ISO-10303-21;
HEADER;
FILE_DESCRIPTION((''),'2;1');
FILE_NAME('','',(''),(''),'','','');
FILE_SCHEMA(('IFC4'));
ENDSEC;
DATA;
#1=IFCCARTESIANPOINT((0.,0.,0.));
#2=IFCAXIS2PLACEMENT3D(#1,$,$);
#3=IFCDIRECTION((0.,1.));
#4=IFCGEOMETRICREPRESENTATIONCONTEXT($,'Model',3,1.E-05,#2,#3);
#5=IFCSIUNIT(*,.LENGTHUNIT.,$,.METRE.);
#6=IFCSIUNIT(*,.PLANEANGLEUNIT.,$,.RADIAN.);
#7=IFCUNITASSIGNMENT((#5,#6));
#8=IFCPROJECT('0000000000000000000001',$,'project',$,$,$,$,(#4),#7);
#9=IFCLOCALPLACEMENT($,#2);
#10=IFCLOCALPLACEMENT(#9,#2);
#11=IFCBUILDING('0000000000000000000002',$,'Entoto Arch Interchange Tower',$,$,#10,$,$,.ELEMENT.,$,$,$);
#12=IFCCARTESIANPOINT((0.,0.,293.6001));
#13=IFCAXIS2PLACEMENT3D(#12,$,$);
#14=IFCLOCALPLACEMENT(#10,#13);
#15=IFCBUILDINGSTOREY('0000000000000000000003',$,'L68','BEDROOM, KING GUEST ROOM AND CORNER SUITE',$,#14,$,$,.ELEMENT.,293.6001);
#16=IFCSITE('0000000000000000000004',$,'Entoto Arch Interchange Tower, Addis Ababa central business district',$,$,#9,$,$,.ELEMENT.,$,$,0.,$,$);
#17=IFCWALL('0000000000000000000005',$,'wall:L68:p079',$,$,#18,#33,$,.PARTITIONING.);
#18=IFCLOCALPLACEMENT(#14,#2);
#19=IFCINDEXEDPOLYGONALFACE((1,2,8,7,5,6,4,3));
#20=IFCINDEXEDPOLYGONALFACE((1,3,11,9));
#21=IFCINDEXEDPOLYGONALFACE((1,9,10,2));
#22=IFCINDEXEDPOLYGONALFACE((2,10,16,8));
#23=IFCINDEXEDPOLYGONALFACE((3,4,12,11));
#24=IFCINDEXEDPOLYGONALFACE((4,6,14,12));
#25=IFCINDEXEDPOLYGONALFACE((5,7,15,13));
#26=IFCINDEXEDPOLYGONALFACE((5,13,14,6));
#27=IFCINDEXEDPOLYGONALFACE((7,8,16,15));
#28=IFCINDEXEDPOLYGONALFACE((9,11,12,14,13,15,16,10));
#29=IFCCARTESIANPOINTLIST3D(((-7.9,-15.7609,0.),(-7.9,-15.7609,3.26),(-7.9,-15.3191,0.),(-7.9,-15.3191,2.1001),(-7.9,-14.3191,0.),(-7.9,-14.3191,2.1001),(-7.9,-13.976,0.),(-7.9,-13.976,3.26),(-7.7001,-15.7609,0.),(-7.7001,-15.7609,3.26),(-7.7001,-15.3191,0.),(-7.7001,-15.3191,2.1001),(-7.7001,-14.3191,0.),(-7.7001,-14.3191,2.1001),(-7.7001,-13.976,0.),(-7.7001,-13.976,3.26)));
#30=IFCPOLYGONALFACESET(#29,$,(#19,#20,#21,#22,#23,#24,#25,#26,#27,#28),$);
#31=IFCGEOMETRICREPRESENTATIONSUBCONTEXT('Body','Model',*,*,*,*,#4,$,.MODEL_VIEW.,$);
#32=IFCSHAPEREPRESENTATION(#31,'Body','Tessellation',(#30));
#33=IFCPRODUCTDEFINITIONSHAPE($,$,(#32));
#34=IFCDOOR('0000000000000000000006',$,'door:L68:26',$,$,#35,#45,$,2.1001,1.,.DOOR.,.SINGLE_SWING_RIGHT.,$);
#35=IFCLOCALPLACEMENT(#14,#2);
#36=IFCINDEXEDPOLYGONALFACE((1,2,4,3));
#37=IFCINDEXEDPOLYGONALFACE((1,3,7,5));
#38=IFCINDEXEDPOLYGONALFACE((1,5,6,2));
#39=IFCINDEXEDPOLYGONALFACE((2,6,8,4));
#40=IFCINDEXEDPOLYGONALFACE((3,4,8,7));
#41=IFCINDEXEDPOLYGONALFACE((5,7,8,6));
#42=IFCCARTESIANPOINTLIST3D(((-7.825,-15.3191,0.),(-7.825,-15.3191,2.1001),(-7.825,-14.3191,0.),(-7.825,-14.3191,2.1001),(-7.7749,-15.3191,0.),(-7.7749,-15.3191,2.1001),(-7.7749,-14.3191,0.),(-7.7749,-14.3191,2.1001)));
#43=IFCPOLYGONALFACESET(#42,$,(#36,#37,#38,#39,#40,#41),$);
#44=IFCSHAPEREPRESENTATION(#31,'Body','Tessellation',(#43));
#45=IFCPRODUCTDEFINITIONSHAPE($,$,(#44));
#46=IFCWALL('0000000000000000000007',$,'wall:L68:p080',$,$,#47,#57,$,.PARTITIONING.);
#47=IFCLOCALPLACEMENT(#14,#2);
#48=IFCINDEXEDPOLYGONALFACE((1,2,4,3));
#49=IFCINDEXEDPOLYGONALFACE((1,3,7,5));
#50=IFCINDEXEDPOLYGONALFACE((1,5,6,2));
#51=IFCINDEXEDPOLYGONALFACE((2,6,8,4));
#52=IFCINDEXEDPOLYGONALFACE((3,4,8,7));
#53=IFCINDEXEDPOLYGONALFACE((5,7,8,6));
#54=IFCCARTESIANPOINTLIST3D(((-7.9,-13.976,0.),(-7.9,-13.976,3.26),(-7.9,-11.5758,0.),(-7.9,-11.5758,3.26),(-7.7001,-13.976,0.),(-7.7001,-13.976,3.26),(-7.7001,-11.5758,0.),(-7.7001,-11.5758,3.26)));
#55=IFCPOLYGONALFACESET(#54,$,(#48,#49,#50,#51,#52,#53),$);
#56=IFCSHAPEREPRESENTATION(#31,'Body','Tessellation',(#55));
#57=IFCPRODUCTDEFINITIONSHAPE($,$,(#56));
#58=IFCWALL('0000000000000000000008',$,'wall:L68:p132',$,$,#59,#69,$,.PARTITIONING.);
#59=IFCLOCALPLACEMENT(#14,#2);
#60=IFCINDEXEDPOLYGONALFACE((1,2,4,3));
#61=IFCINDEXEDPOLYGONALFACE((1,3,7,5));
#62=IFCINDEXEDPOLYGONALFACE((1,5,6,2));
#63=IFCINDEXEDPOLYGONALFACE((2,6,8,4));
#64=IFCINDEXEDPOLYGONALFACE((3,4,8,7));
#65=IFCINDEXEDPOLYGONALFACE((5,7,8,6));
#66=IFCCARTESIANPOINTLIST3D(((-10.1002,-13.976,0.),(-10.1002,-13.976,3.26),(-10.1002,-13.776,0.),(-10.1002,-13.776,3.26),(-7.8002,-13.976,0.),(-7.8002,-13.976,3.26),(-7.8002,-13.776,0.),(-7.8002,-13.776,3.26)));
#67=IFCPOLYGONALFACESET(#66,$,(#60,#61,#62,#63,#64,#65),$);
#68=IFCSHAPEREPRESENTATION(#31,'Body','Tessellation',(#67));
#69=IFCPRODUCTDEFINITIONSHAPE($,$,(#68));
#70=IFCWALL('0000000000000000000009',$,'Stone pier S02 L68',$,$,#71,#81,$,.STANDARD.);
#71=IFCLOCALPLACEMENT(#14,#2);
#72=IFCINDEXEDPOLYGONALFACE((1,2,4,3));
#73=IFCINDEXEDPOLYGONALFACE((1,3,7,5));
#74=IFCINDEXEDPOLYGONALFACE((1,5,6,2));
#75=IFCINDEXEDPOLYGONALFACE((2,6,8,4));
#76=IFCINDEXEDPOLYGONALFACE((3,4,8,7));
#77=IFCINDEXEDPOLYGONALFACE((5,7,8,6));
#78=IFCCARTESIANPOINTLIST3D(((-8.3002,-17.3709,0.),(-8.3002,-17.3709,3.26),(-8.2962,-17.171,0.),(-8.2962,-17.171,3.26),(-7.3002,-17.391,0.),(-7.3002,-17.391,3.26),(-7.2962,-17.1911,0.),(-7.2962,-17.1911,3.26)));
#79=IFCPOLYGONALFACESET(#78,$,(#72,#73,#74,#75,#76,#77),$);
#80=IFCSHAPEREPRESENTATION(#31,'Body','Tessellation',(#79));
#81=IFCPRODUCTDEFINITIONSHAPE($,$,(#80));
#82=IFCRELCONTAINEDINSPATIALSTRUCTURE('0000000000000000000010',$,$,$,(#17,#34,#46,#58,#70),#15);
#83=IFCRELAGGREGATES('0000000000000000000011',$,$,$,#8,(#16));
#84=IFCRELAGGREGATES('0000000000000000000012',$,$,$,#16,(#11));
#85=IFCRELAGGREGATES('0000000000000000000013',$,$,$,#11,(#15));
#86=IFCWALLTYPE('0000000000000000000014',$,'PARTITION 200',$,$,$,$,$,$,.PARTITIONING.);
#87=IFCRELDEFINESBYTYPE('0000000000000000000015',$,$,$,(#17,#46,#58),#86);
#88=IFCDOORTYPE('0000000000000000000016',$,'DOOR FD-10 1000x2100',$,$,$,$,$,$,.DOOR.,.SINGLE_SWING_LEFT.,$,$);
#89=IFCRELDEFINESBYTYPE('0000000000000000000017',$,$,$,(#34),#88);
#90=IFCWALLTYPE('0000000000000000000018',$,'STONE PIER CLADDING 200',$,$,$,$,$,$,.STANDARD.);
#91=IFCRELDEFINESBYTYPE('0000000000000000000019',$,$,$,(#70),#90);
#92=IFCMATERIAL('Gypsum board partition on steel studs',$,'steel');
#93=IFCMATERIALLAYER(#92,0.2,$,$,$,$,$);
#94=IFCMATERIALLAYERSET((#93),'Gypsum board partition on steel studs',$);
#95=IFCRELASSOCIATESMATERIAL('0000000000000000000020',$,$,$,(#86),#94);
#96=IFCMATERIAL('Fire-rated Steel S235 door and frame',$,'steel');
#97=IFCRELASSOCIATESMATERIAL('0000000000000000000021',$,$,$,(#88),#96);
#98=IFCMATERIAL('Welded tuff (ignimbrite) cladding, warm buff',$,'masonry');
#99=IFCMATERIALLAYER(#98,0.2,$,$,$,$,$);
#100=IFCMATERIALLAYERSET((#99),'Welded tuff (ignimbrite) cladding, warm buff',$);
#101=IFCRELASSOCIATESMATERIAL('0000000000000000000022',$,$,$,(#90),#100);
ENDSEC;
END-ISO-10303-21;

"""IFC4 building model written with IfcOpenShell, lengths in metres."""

from ifc_helpers import new_model, si_unit, direction, frame, frame_2d, origin, place, context, subcontext, project, spatial, rectangle, extrude, material, layer, layer_set, type_object, element, fill, save


model = new_model("IFC4")

# Units and contexts
model_context = context("Model", 3, precision=1e-05, world=origin(), true_north=direction((0.0, 1.0)))
body_context = subcontext(model_context, "Body", "Model", "MODEL_VIEW")
ifc_project = project(units=[si_unit("LENGTHUNIT", "METRE"), si_unit("PLANEANGLEUNIT", "RADIAN")], contexts=[model_context])

# Site, building, storey
site_placement = place(None, origin())
site = spatial("IfcSite", under=ifc_project, at=site_placement, Name="Entoto Arch Interchange Tower, Addis Ababa central business district", CompositionType="ELEMENT", RefElevation=0.0)
building_placement = place(site_placement, origin())
building = spatial("IfcBuilding", under=site, at=building_placement, Name="Entoto Arch Interchange Tower", CompositionType="ELEMENT")
storey_placement = place(building_placement, frame((0.0, 0.0, 293.6001)))
storey = spatial("IfcBuildingStorey", under=building, at=storey_placement, Name="L68", Description="BEDROOM, KING GUEST ROOM AND CORNER SUITE", CompositionType="ELEMENT", Elevation=293.6001)

# Wall, opening, door
ifc_material_1 = material(Name="Gypsum board partition on steel studs", Category="steel")
ifc_layer_1 = layer(ifc_material_1, 0.2)
ifc_layer_set_1 = layer_set([ifc_layer_1], Name="Gypsum board partition on steel studs")
wall_type_1 = type_object("IfcWallType", Name="PARTITION 200", PredefinedType="PARTITIONING", material=ifc_layer_set_1)
wall_1_placement = place(storey_placement, frame((-7.8, -15.761, 0.0), z_axis=(0.0, 0.0, 1.0), x_axis=(0.0, 1.0, 0.0)))
wall_1 = element("IfcWall", 1, at=wall_1_placement, inside=storey, type_object=wall_type_1, Name="wall:L68:p079", PredefinedType="PARTITIONING", context=body_context, shape_type="SweptSolid", body=[
    extrude(rectangle(XDim=1.7849, YDim=0.2, at=frame_2d((0.8926, 0.0))), origin(), (0.0, 0.0, 1.0), 3.26),
])
opening_placement = place(wall_1_placement, frame((0.4419, 0.0, 0.0)))
opening = element("IfcOpeningElement", 2, at=opening_placement, cuts=wall_1, PredefinedType="OPENING", context=body_context, shape_type="SweptSolid", body=[
    extrude(rectangle(XDim=1.0, YDim=2.1001, at=frame_2d((0.5, 1.05))), frame((0.0, 0.1099, 0.0), z_axis=(0.0, -1.0, 0.0), x_axis=(1.0, 0.0, 0.0)), (0.0, 0.0, 1.0), 0.22),
])
ifc_material_2 = material(Name="Fire-rated Steel S235 door and frame", Category="steel")
door_type = type_object("IfcDoorType", Name="DOOR FD-10 1000x2100", OperationType="SINGLE_SWING_LEFT", PredefinedType="DOOR", material=ifc_material_2)
door_placement = place(opening_placement, origin())
door = element("IfcDoor", 3, at=door_placement, inside=storey, type_object=door_type, Name="door:L68:26", OperationType="SINGLE_SWING_RIGHT", OverallHeight=2.1001, OverallWidth=1.0, PredefinedType="DOOR", context=body_context, shape_type="SweptSolid", body=[
    extrude(rectangle(XDim=1.0, YDim=2.1001, at=frame_2d((0.5, 1.05))), frame((0.0, 0.0249, 0.0), z_axis=(0.0, -1.0, 0.0), x_axis=(1.0, 0.0, 0.0)), (0.0, 0.0, 1.0), 0.05),
])
fill(opening, door)

# Walls
wall_2_placement = place(storey_placement, frame((-7.8, -13.9761, 0.0), z_axis=(0.0, 0.0, 1.0), x_axis=(0.0, 1.0, 0.0)))
element("IfcWall", 4, at=wall_2_placement, inside=storey, type_object=wall_type_1, Name="wall:L68:p080", PredefinedType="PARTITIONING", context=body_context, shape_type="SweptSolid", body=[
    extrude(rectangle(XDim=2.4001, YDim=0.2, at=frame_2d((1.2002, 0.0))), origin(), (0.0, 0.0, 1.0), 3.26),
])
wall_3_placement = place(storey_placement, frame((-10.1001, -13.876, 0.0), z_axis=(0.0, 0.0, 1.0), x_axis=(1.0, 0.0, 0.0)))
element("IfcWall", 5, at=wall_3_placement, inside=storey, type_object=wall_type_1, Name="wall:L68:p132", PredefinedType="PARTITIONING", context=body_context, shape_type="SweptSolid", body=[
    extrude(rectangle(XDim=2.3, YDim=0.2, at=frame_2d((1.1499, 0.0))), origin(), (0.0, 0.0, 1.0), 3.26),
])
ifc_material_3 = material(Name="Welded tuff (ignimbrite) cladding, warm buff", Category="masonry")
ifc_layer_2 = layer(ifc_material_3, 0.2)
ifc_layer_set_2 = layer_set([ifc_layer_2], Name="Welded tuff (ignimbrite) cladding, warm buff")
wall_type_2 = type_object("IfcWallType", Name="STONE PIER CLADDING 200", PredefinedType="STANDARD", material=ifc_layer_set_2)
wall_4_placement = place(storey_placement, frame((-8.2981, -17.271, 0.0), z_axis=(0.0, 0.0, 1.0), x_axis=(0.9998, -0.020016, 0.0)))
element("IfcWall", 6, at=wall_4_placement, inside=storey, type_object=wall_type_2, Name="Stone pier S02 L68", PredefinedType="STANDARD", context=body_context, shape_type="SweptSolid", body=[
    extrude(rectangle(XDim=1.0002, YDim=0.2, at=frame_2d((0.5, 0.0))), origin(), (0.0, 0.0, 1.0), 3.26),
])

save(model, "model.ifc")
